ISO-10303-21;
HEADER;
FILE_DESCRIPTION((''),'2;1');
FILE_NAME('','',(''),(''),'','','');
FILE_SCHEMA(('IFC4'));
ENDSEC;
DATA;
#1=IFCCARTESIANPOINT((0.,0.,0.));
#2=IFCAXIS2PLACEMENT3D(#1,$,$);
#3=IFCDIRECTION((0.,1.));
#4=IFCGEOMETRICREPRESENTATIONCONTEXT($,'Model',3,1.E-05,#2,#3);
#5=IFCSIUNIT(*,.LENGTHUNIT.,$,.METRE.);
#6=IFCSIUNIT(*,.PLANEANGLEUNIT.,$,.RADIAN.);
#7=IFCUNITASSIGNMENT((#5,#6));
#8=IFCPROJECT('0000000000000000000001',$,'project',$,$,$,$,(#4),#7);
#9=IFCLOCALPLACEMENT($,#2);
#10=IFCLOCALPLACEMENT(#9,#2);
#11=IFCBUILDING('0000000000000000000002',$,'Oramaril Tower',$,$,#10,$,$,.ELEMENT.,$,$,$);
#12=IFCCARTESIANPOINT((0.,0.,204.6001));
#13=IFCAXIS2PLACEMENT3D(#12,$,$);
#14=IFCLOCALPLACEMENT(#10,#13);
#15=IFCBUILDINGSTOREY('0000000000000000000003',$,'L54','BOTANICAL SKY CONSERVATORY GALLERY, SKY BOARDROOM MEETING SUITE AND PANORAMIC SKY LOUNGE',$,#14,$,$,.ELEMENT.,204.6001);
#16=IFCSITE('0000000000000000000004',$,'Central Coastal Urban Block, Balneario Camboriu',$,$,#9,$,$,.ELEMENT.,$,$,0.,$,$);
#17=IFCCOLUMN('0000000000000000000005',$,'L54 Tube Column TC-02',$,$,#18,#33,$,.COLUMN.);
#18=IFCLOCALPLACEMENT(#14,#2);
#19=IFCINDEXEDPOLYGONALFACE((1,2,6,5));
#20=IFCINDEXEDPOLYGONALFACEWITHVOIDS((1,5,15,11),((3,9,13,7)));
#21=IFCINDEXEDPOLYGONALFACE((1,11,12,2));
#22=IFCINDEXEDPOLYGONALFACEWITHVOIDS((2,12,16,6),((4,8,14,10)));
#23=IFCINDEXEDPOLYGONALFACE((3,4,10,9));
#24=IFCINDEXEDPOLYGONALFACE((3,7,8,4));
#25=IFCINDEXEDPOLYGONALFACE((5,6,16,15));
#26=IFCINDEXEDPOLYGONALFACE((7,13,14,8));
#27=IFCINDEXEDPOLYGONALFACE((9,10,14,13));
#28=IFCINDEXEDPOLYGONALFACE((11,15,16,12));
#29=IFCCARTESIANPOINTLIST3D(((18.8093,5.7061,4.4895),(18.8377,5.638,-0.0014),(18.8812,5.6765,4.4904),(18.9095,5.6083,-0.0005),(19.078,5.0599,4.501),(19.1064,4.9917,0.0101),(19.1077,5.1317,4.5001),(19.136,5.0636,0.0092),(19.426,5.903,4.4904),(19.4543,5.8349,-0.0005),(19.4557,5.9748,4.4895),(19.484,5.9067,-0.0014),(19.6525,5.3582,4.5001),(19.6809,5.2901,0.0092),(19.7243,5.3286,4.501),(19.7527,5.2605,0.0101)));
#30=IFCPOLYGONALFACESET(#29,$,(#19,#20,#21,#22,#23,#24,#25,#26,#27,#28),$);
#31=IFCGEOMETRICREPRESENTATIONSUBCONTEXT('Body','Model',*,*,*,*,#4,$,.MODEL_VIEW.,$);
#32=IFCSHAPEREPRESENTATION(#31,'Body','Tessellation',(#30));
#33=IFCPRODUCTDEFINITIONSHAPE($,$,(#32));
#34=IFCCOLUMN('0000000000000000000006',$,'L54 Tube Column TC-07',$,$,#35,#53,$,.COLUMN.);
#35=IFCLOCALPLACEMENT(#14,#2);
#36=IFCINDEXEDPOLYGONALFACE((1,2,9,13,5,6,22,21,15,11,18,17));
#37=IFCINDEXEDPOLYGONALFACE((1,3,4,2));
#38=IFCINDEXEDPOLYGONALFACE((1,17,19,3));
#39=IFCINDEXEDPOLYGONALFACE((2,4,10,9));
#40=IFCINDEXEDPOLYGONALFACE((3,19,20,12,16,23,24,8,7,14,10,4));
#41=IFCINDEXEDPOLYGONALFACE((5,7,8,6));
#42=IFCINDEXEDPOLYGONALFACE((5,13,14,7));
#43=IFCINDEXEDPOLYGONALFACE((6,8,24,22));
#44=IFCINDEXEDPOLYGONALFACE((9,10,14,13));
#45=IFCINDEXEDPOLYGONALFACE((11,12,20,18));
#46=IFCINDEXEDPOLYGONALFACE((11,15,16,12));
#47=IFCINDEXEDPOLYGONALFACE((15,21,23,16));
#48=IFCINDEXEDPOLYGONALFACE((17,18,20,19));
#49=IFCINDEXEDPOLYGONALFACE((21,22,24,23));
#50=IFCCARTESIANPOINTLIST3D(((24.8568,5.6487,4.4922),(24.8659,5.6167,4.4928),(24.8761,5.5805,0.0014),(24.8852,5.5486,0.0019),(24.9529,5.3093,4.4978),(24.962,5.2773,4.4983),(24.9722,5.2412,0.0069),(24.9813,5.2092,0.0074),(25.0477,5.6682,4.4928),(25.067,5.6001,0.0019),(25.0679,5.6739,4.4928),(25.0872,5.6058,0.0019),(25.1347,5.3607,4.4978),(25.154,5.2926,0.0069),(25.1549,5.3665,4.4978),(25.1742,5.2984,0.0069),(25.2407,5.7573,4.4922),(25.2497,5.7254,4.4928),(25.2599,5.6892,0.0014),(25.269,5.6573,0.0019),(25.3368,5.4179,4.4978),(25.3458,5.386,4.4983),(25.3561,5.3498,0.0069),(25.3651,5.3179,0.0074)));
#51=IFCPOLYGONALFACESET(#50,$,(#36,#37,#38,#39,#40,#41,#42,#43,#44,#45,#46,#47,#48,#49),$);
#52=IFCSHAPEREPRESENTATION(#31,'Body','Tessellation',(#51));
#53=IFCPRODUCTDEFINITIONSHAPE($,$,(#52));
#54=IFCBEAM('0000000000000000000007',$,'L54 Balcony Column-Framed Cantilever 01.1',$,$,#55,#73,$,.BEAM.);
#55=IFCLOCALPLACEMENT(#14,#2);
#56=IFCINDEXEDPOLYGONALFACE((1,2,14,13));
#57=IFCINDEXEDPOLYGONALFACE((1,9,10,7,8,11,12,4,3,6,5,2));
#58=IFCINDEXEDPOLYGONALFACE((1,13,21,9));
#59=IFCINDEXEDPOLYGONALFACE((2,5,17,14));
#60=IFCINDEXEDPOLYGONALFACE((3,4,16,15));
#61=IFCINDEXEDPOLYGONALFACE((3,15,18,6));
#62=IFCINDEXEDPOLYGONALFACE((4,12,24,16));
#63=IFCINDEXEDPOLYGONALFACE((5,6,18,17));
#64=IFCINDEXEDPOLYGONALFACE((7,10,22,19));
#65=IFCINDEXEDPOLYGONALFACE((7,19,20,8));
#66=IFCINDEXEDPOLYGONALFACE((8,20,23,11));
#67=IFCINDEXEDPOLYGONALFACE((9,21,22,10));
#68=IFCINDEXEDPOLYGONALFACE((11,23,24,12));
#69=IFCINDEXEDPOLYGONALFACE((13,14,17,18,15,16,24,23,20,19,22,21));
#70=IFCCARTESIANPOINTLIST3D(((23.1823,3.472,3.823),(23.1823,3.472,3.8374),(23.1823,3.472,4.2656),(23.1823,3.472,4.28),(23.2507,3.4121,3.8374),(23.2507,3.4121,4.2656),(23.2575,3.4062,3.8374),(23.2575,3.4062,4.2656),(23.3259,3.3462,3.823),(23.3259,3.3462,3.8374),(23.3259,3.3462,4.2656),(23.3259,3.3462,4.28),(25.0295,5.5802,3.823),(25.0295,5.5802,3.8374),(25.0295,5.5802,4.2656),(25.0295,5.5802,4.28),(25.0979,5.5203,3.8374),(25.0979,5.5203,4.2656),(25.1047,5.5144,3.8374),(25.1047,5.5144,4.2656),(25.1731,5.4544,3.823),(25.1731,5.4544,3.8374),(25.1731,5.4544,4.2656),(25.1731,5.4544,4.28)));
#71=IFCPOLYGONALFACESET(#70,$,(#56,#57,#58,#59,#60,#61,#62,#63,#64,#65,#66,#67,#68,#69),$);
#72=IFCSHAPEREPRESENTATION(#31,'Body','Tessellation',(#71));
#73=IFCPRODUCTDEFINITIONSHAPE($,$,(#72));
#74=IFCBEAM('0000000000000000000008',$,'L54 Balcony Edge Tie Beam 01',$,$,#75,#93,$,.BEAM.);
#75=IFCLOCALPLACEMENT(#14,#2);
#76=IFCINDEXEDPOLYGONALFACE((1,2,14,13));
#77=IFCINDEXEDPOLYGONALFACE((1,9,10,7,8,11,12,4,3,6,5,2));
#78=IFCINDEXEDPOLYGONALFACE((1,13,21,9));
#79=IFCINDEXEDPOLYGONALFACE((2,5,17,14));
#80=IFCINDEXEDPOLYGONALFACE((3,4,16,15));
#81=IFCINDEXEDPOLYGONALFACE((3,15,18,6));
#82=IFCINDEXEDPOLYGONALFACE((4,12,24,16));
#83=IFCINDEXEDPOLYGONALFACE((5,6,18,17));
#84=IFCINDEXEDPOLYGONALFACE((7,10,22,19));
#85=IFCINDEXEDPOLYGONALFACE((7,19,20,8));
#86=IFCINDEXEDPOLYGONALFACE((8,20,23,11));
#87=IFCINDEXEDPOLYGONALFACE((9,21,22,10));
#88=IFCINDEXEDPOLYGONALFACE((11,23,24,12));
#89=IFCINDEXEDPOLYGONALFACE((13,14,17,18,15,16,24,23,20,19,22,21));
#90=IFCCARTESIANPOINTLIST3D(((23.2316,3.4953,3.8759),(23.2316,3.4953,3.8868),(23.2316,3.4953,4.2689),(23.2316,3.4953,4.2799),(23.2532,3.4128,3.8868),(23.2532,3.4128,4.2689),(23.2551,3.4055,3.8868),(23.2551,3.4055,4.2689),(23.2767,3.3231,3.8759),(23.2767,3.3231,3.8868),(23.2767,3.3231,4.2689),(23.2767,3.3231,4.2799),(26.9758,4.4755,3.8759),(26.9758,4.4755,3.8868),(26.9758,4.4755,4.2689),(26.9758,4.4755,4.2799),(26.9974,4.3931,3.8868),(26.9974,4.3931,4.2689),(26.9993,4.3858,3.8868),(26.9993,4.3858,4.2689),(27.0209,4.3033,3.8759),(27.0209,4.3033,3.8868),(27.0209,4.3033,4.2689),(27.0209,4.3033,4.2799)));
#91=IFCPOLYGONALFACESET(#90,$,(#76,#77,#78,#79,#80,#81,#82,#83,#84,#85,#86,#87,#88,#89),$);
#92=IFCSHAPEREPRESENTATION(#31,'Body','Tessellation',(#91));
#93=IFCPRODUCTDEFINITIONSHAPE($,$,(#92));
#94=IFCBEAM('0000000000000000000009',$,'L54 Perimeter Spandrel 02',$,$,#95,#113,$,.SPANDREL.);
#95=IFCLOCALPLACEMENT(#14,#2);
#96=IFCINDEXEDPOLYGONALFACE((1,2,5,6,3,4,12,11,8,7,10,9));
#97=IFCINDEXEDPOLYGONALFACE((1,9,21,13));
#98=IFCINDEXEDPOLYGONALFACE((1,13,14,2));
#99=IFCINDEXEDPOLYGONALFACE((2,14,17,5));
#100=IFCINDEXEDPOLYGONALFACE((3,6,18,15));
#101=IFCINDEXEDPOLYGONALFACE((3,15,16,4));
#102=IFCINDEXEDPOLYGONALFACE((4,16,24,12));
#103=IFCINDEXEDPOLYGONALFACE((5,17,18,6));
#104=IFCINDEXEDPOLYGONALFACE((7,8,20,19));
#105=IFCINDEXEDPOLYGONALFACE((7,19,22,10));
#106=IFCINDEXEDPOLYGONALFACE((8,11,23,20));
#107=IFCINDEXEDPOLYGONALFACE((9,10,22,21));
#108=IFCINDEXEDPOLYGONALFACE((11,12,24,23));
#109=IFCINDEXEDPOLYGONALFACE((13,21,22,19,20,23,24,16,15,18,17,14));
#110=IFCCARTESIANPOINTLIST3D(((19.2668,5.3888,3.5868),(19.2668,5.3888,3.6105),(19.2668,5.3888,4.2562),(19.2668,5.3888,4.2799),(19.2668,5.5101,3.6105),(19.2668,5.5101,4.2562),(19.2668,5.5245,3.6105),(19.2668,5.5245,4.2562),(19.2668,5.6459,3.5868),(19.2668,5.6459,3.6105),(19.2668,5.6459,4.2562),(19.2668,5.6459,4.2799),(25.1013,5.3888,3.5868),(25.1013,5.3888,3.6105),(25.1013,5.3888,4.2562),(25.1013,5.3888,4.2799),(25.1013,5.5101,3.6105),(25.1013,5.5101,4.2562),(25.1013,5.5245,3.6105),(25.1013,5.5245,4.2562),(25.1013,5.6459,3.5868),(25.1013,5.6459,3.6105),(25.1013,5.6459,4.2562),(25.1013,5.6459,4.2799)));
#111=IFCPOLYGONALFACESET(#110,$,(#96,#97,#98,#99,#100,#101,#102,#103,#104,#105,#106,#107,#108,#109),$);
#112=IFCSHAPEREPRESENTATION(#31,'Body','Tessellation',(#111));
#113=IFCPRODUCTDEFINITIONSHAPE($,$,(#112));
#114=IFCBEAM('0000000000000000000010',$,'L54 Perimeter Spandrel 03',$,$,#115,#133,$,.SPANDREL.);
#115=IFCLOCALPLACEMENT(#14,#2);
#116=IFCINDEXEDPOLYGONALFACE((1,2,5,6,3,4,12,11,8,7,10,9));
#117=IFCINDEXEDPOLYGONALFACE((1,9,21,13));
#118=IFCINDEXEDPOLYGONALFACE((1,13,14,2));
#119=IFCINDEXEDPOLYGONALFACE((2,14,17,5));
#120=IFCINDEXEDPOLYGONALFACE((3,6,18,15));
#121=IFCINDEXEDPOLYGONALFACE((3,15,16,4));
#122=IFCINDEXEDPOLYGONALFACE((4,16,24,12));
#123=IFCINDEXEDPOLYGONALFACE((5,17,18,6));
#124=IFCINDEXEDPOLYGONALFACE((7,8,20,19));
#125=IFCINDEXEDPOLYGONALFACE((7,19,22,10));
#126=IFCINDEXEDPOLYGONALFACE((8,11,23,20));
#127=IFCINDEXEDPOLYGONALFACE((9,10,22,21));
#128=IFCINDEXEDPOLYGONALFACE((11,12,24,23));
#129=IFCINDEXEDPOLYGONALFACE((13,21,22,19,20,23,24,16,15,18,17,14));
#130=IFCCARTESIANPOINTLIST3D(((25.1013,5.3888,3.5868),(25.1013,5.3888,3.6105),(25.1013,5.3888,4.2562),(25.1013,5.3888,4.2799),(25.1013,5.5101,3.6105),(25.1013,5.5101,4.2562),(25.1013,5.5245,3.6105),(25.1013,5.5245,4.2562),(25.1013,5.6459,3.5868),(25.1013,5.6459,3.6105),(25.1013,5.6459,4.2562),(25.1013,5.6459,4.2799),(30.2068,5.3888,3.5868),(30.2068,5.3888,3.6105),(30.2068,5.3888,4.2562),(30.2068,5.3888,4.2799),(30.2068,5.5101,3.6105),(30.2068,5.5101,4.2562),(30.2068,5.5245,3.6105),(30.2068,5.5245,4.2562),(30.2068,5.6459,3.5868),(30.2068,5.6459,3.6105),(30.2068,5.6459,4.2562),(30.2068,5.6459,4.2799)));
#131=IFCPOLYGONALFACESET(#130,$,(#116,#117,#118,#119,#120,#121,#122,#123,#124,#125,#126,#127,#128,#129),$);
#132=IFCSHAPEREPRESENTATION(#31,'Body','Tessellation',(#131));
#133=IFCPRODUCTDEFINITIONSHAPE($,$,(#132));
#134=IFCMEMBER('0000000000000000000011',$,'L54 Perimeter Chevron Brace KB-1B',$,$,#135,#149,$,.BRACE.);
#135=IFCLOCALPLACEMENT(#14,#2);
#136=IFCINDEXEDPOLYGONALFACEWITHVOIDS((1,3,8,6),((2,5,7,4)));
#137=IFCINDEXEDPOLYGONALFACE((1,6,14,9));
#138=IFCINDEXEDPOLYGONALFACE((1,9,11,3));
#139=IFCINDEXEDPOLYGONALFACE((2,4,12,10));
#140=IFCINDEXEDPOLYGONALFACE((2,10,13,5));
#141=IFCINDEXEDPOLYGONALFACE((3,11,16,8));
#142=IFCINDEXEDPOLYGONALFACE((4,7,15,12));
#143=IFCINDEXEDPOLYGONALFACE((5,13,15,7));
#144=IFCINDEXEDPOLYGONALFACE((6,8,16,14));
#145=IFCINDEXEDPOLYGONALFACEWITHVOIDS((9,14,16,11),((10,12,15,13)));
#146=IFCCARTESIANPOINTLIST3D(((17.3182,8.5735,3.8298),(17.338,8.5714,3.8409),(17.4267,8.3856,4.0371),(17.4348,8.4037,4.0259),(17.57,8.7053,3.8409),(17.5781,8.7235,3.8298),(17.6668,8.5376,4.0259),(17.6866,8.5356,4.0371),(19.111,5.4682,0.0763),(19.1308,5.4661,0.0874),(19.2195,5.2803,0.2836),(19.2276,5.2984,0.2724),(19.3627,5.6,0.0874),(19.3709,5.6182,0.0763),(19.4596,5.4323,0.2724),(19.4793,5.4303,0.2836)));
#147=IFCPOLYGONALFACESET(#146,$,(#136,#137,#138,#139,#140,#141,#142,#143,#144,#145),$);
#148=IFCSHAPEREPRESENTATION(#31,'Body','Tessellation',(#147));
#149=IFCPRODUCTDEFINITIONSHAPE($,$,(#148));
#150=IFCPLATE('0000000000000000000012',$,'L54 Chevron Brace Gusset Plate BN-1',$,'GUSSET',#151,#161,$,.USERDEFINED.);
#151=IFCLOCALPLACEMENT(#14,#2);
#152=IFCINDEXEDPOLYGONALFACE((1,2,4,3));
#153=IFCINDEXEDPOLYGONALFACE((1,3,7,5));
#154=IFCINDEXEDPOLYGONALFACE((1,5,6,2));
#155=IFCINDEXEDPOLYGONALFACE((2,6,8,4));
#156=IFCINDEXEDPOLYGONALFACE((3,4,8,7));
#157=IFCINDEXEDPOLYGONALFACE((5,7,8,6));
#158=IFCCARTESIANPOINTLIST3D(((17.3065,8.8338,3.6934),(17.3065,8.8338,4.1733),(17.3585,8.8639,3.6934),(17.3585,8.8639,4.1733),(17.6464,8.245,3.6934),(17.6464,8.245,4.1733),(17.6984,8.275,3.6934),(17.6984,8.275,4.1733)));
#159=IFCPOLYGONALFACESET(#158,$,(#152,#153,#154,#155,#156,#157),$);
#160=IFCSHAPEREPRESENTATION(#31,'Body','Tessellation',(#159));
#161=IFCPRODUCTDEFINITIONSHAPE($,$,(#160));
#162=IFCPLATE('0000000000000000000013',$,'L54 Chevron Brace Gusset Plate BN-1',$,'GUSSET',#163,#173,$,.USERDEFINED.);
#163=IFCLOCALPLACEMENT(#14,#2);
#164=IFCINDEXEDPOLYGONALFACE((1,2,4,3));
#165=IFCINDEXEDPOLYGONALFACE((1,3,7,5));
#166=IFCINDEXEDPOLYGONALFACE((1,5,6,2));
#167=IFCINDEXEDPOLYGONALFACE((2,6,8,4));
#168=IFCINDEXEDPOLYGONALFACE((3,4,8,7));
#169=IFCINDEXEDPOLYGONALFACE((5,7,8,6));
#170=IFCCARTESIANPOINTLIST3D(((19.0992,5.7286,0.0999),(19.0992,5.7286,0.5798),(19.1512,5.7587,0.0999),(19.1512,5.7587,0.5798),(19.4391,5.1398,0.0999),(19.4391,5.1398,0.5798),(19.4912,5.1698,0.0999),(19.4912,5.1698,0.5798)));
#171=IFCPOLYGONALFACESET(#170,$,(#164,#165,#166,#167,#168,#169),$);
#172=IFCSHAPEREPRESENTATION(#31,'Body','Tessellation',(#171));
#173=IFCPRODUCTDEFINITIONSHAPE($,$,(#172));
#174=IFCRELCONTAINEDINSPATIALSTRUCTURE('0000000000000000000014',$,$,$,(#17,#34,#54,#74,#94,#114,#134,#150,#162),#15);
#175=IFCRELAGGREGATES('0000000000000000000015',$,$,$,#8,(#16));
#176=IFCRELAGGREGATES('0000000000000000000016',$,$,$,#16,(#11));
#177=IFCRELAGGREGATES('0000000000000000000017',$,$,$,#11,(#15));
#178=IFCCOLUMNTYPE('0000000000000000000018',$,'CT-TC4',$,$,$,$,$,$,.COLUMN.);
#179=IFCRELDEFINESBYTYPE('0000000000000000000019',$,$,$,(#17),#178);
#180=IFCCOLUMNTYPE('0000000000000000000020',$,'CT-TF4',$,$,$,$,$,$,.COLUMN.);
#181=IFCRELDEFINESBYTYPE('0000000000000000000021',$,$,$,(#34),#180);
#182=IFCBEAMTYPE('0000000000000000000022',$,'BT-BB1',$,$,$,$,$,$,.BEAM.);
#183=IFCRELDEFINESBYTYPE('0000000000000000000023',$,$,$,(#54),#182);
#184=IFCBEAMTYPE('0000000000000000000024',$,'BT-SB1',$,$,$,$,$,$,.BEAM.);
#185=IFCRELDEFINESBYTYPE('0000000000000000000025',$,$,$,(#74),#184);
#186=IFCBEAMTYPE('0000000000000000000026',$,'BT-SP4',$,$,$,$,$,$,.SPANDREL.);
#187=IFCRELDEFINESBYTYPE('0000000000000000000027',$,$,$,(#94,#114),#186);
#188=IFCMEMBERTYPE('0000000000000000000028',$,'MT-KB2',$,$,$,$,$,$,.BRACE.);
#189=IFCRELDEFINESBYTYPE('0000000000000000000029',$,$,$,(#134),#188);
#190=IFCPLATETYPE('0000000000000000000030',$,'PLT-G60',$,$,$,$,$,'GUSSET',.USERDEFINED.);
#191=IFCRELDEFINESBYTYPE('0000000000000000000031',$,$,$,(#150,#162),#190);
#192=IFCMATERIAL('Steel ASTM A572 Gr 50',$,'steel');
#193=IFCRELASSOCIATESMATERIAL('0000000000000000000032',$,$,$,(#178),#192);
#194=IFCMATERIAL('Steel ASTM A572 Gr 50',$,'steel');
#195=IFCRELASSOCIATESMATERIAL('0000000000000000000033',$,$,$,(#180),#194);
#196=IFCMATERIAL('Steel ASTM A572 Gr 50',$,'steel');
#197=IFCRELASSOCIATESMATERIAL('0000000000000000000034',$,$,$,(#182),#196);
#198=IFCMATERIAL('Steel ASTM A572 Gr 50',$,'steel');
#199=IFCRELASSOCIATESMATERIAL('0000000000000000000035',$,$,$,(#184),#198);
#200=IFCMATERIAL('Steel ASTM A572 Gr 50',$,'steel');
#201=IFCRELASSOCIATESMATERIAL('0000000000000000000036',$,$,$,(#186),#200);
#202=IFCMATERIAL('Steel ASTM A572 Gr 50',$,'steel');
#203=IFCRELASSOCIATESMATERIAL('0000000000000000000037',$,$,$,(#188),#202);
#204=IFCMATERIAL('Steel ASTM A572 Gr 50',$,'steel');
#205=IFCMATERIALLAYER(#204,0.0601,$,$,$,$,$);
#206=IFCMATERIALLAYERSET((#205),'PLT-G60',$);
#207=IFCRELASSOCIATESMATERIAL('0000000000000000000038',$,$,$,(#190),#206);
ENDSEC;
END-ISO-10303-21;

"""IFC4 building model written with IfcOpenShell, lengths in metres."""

from ifc_helpers import new_model, si_unit, direction, frame, origin, origin_2d, place, context, subcontext, project, spatial, rectangle, hollow_rectangle, i_section, extrude, material, layer, layer_set, material_profile, profile_set, type_object, element, save


model = new_model("IFC4")

# Units and contexts
model_context = context("Model", 3, precision=1e-05, world=origin(), true_north=direction((0.0, 1.0)))
body_context = subcontext(model_context, "Body", "Model", "MODEL_VIEW")
ifc_project = project(units=[si_unit("LENGTHUNIT", "METRE"), si_unit("PLANEANGLEUNIT", "RADIAN")], contexts=[model_context])

# Site, building, storey
site_placement = place(None, origin())
site = spatial("IfcSite", under=ifc_project, at=site_placement, Name="Central Coastal Urban Block, Balneario Camboriu", CompositionType="ELEMENT", RefElevation=0.0)
building_placement = place(site_placement, origin())
building = spatial("IfcBuilding", under=site, at=building_placement, Name="Oramaril Tower", CompositionType="ELEMENT")
storey_placement = place(building_placement, frame((0.0, 0.0, 204.6001)))
storey = spatial("IfcBuildingStorey", under=building, at=storey_placement, Name="L54", Description="BOTANICAL SKY CONSERVATORY GALLERY, SKY BOARDROOM MEETING SUITE AND PANORAMIC SKY LOUNGE", CompositionType="ELEMENT", Elevation=204.6001)

# Columns
ifc_material_1 = material(Name="Steel ASTM A572 Gr 50", Category="steel")
ifc_material_profile_1 = material_profile(ifc_material_1, hollow_rectangle(XDim=0.7, YDim=0.7, WallThickness=0.0549, at=origin_2d()), Name="BOX700X700X55")
ifc_profile_set_1 = profile_set([ifc_material_profile_1], Name="Steel ASTM A572 Gr 50")
column_type_1 = type_object("IfcColumnType", Name="CT-TC4", PredefinedType="COLUMN", material=ifc_profile_set_1)
column_1_placement = place(storey_placement, frame((19.2952, 5.4492, 0.0044), z_axis=(-0.006305, 0.015165, 0.999865), x_axis=(-0.92337, -0.38391, 0.0)))
element("IfcColumn", 1, at=column_1_placement, inside=storey, type_object=column_type_1, Name="L54 Tube Column TC-02", PredefinedType="COLUMN", context=body_context, shape_type="SweptSolid", body=[
    extrude(hollow_rectangle(XDim=0.7, YDim=0.7, WallThickness=0.0549, at=origin_2d()), origin(), (0.0, 0.0, 1.0), 4.4915),
])
ifc_material_2 = material(Name="Steel ASTM A572 Gr 50", Category="steel")
ifc_material_profile_2 = material_profile(ifc_material_2, i_section(OverallWidth=0.3989, OverallDepth=0.386, WebThickness=0.021, FlangeThickness=0.0332, at=origin_2d()), Name="W14X176")
ifc_profile_set_2 = profile_set([ifc_material_profile_2], Name="Steel ASTM A572 Gr 50")
column_type_2 = type_object("IfcColumnType", Name="CT-TF4", PredefinedType="COLUMN", material=ifc_profile_set_2)
column_2_placement = place(storey_placement, frame((25.1206, 5.4492, 0.0044), z_axis=(-0.004294, 0.015165, 0.999876), x_axis=(-0.962172, -0.272443, 0.0)))
element("IfcColumn", 2, at=column_2_placement, inside=storey, type_object=column_type_2, Name="L54 Tube Column TC-07", PredefinedType="COLUMN", context=body_context, shape_type="SweptSolid", body=[
    extrude(i_section(OverallWidth=0.3989, OverallDepth=0.386, WebThickness=0.021, FlangeThickness=0.0332, at=origin_2d()), origin(), (0.0, 0.0, 1.0), 4.4915),
])

# Beams
ifc_material_3 = material(Name="Steel ASTM A572 Gr 50", Category="steel")
ifc_material_profile_3 = material_profile(ifc_material_3, i_section(OverallWidth=0.1909, OverallDepth=0.457, WebThickness=0.009, FlangeThickness=0.0144, at=origin_2d()), Name="W18X50")
ifc_profile_set_3 = profile_set([ifc_material_profile_3], Name="Steel ASTM A572 Gr 50")
beam_type_1 = type_object("IfcBeamType", Name="BT-BB1", PredefinedType="BEAM", material=ifc_profile_set_3)
beam_1_placement = place(storey_placement, frame((25.1013, 5.5173, 4.0515), z_axis=(-0.659016, -0.752129, 0.0), x_axis=(0.752129, -0.659016, 0.0)))
element("IfcBeam", 3, at=beam_1_placement, inside=storey, type_object=beam_type_1, Name="L54 Balcony Column-Framed Cantilever 01.1", PredefinedType="BEAM", context=body_context, shape_type="SweptSolid", body=[
    extrude(i_section(OverallWidth=0.1909, OverallDepth=0.457, WebThickness=0.009, FlangeThickness=0.0144, at=origin_2d()), origin(), (0.0, 0.0, 1.0), 2.803),
])
ifc_material_4 = material(Name="Steel ASTM A572 Gr 50", Category="steel")
ifc_material_profile_4 = material_profile(ifc_material_4, i_section(OverallWidth=0.178, OverallDepth=0.4041, WebThickness=0.0076, FlangeThickness=0.011, at=origin_2d()), Name="W16X36")
ifc_profile_set_4 = profile_set([ifc_material_profile_4], Name="Steel ASTM A572 Gr 50")
beam_type_2 = type_object("IfcBeamType", Name="BT-SB1", PredefinedType="BEAM", material=ifc_profile_set_4)
beam_2_placement = place(storey_placement, frame((23.2542, 3.4092, 4.0779), z_axis=(0.967397, 0.253267, 0.0), x_axis=(-0.253267, 0.967397, 0.0)))
element("IfcBeam", 4, at=beam_2_placement, inside=storey, type_object=beam_type_2, Name="L54 Balcony Edge Tie Beam 01", PredefinedType="BEAM", context=body_context, shape_type="SweptSolid", body=[
    extrude(i_section(OverallWidth=0.178, OverallDepth=0.4041, WebThickness=0.0076, FlangeThickness=0.011, at=origin_2d()), origin(), (0.0, 0.0, 1.0), 3.8704),
])
ifc_material_5 = material(Name="Steel ASTM A572 Gr 50", Category="steel")
ifc_material_profile_5 = material_profile(ifc_material_5, i_section(OverallWidth=0.2571, OverallDepth=0.6931, WebThickness=0.0144, FlangeThickness=0.0237, at=origin_2d()), Name="W27X114")
ifc_profile_set_5 = profile_set([ifc_material_profile_5], Name="Steel ASTM A572 Gr 50")
beam_type_3 = type_object("IfcBeamType", Name="BT-SP4", PredefinedType="SPANDREL", material=ifc_profile_set_5)
beam_3_placement = place(storey_placement, frame((19.2668, 5.5173, 3.9333), z_axis=(1.0, 0.0, 0.0), x_axis=(0.0, 1.0, 0.0)))
element("IfcBeam", 5, at=beam_3_placement, inside=storey, type_object=beam_type_3, Name="L54 Perimeter Spandrel 02", PredefinedType="SPANDREL", context=body_context, shape_type="SweptSolid", body=[
    extrude(i_section(OverallWidth=0.2571, OverallDepth=0.6931, WebThickness=0.0144, FlangeThickness=0.0237, at=origin_2d()), origin(), (0.0, 0.0, 1.0), 5.8345),
])
beam_4_placement = place(storey_placement, frame((25.1013, 5.5173, 3.9333), z_axis=(1.0, 0.0, 0.0), x_axis=(0.0, 1.0, 0.0)))
element("IfcBeam", 6, at=beam_4_placement, inside=storey, type_object=beam_type_3, Name="L54 Perimeter Spandrel 03", PredefinedType="SPANDREL", context=body_context, shape_type="SweptSolid", body=[
    extrude(i_section(OverallWidth=0.2571, OverallDepth=0.6931, WebThickness=0.0144, FlangeThickness=0.0237, at=origin_2d()), origin(), (0.0, 0.0, 1.0), 5.1055),
])

# Member
ifc_material_6 = material(Name="Steel ASTM A572 Gr 50", Category="steel")
ifc_material_profile_6 = material_profile(ifc_material_6, hollow_rectangle(XDim=0.3, YDim=0.3, WallThickness=0.0161, at=origin_2d()), Name="HSS300X300X16")
ifc_profile_set_6 = profile_set([ifc_material_profile_6], Name="Steel ASTM A572 Gr 50")
member_type = type_object("IfcMemberType", Name="MT-KB2", PredefinedType="BRACE", material=ifc_profile_set_6)
member_placement = place(storey_placement, frame((19.2952, 5.4492, 0.1799), z_axis=(-0.345366, 0.598217, 0.72309), x_axis=(-0.866035, -0.499984, 0.0)))
element("IfcMember", 7, at=member_placement, inside=storey, type_object=member_type, Name="L54 Perimeter Chevron Brace KB-1B", PredefinedType="BRACE", context=body_context, shape_type="SweptSolid", body=[
    extrude(hollow_rectangle(XDim=0.3, YDim=0.3, WallThickness=0.0161, at=origin_2d()), origin(), (0.0, 0.0, 1.0), 5.1909),
])

# Plates
ifc_material_7 = material(Name="Steel ASTM A572 Gr 50", Category="steel")
ifc_layer_1 = layer(ifc_material_7, 0.0601)
ifc_layer_set_1 = layer_set([ifc_layer_1], Name="PLT-G60")
plate_type = type_object("IfcPlateType", Name="PLT-G60", ElementType="GUSSET", PredefinedType="USERDEFINED", material=ifc_layer_set_1)
for number, where, z_axis, x_axis, name in (
    (8, (17.5024, 8.5544, 3.6934), (0.0, 0.0, 1.0), (0.499998, -0.866026, 0.0), "L54 Chevron Brace Gusset Plate BN-1"),
    (9, (19.2952, 5.4492, 0.0999), (0.0, 0.0, 1.0), (0.499998, -0.866026, 0.0), "L54 Chevron Brace Gusset Plate BN-1"),
):
    element("IfcPlate", number, at=place(storey_placement, frame(where, z_axis=z_axis, x_axis=x_axis)), inside=storey, type_object=plate_type, Name=name, ObjectType="GUSSET", PredefinedType="USERDEFINED", context=body_context, shape_type="SweptSolid", body=[
        extrude(rectangle(XDim=0.6799, YDim=0.0601, at=origin_2d()), origin(), (0.0, 0.0, 1.0), 0.48),
    ])

save(model, "model.ifc")
